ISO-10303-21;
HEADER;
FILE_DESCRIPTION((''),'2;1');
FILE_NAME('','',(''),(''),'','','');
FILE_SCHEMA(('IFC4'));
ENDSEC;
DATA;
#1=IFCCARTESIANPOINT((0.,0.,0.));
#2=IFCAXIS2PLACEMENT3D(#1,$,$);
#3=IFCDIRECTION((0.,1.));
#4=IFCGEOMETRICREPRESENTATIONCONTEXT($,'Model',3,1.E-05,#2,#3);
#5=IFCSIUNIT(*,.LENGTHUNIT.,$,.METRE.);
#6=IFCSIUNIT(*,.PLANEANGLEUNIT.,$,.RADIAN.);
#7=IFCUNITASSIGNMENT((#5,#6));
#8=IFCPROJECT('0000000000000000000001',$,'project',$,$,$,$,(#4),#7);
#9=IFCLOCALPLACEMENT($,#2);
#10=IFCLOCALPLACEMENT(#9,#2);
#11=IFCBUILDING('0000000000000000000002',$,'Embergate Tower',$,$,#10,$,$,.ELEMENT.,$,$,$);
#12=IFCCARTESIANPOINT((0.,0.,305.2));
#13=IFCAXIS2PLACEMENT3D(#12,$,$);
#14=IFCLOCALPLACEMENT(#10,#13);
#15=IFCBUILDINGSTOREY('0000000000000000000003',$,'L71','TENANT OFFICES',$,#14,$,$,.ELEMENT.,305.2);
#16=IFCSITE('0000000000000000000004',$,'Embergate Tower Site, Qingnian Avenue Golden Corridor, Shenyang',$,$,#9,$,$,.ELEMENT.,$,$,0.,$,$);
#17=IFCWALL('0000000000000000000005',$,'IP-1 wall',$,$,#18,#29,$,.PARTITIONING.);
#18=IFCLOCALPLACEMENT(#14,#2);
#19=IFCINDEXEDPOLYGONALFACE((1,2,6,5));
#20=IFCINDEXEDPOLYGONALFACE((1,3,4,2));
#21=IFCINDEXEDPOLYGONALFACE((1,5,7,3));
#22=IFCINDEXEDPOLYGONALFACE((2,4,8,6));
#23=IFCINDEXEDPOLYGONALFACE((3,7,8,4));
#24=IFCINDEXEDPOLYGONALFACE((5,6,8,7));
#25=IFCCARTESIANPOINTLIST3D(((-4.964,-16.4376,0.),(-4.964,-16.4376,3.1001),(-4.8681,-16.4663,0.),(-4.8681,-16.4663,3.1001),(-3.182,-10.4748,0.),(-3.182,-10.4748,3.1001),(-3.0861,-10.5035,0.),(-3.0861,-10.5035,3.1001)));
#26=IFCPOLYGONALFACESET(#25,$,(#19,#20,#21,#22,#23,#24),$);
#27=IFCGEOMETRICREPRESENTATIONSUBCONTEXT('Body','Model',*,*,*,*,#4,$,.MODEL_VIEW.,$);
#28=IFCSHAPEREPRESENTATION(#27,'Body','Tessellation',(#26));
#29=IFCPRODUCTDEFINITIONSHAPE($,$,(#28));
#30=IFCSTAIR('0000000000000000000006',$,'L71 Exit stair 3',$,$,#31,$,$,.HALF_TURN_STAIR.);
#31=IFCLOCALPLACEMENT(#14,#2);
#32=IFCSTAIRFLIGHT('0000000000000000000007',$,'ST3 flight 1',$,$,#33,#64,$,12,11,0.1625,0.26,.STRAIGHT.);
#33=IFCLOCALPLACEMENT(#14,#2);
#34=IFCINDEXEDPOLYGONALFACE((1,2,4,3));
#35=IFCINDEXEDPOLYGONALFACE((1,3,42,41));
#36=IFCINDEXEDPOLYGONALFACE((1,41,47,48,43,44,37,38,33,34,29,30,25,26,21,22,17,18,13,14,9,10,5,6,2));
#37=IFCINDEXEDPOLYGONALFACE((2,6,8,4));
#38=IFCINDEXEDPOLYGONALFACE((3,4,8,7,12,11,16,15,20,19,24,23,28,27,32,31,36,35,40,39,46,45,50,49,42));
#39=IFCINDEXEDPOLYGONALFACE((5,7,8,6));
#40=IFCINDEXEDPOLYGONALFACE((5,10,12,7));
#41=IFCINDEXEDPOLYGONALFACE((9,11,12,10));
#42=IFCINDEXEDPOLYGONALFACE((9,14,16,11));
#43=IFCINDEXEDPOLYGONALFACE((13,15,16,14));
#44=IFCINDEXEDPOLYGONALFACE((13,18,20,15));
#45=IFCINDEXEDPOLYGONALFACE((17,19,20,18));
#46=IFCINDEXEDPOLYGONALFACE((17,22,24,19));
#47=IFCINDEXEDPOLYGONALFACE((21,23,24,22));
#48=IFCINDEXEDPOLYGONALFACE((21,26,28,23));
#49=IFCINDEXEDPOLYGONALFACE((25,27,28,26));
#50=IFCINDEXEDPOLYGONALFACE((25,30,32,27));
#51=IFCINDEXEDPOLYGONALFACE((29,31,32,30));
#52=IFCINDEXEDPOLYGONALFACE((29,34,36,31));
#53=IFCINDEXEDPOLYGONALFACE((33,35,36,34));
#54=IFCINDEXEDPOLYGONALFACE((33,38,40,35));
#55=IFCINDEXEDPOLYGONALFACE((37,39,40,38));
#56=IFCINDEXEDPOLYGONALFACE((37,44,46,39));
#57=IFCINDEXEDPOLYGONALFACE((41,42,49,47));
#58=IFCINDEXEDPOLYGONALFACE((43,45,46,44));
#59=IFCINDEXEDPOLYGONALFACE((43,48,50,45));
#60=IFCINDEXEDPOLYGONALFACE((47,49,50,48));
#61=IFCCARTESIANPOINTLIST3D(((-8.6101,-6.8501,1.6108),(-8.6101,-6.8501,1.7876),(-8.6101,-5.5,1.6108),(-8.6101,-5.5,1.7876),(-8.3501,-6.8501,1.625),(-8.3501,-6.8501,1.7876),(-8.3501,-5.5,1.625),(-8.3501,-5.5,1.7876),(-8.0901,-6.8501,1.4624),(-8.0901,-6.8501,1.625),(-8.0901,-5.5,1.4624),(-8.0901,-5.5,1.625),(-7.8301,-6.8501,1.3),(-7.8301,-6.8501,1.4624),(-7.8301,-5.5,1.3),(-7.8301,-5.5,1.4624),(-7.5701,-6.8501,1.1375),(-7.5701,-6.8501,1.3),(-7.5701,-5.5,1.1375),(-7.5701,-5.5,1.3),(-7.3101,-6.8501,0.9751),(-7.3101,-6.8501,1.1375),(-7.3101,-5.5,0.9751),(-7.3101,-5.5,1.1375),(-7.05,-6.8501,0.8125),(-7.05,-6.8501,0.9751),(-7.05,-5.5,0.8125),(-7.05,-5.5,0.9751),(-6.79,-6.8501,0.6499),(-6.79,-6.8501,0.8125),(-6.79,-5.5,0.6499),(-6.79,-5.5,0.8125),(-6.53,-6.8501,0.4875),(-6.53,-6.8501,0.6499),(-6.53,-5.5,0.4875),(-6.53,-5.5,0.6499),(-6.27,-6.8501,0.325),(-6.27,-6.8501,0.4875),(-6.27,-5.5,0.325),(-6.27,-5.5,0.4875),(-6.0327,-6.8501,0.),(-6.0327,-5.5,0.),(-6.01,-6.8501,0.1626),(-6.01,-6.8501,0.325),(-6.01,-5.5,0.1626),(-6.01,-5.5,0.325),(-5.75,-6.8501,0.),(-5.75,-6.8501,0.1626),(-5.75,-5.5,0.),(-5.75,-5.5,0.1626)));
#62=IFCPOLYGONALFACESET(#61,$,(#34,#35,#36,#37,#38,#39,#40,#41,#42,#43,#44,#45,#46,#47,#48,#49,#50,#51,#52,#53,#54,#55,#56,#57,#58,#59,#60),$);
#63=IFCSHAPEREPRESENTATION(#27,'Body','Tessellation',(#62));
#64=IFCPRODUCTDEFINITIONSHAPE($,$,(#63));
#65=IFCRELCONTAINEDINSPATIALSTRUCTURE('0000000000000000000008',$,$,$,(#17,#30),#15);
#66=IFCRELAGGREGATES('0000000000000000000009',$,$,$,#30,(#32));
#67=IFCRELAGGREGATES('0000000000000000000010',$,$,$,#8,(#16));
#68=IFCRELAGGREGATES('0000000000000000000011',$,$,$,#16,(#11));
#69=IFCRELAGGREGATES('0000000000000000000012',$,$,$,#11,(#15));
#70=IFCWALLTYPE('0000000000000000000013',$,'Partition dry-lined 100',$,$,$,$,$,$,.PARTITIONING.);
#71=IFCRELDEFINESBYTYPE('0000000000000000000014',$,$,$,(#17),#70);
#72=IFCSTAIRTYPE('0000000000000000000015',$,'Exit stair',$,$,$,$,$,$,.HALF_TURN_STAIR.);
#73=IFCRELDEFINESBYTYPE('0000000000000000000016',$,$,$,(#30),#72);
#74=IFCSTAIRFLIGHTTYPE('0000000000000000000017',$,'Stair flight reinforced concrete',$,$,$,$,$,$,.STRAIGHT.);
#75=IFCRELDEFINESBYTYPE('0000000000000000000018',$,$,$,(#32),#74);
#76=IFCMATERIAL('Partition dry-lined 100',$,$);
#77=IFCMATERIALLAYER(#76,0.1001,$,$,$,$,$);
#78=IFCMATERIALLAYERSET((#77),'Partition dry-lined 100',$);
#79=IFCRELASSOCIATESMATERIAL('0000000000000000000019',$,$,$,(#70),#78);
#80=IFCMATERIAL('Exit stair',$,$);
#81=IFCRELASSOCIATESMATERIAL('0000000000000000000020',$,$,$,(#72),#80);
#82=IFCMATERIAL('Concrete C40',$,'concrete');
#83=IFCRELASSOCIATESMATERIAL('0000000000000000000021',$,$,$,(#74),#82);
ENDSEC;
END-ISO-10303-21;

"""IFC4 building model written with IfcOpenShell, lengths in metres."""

from ifc_helpers import new_model, si_unit, direction, frame, frame_2d, origin, place, context, subcontext, project, spatial, polyline, rectangle, outline, extrude, source, transform, mapped, material, layer, layer_set, type_object, element, aggregate, save


model = new_model("IFC4")

# Units and contexts
model_context = context("Model", 3, precision=1e-05, world=origin(), true_north=direction((0.0, 1.0)))
body_context = subcontext(model_context, "Body", "Model", "MODEL_VIEW")
ifc_project = project(units=[si_unit("LENGTHUNIT", "METRE"), si_unit("PLANEANGLEUNIT", "RADIAN")], contexts=[model_context])

# Site, building, storey
site_placement = place(None, origin())
site = spatial("IfcSite", under=ifc_project, at=site_placement, Name="Embergate Tower Site, Qingnian Avenue Golden Corridor, Shenyang", CompositionType="ELEMENT", RefElevation=0.0)
building_placement = place(site_placement, origin())
building = spatial("IfcBuilding", under=site, at=building_placement, Name="Embergate Tower", CompositionType="ELEMENT")
storey_placement = place(building_placement, frame((0.0, 0.0, 305.2)))
storey = spatial("IfcBuildingStorey", under=building, at=storey_placement, Name="L71", Description="TENANT OFFICES", CompositionType="ELEMENT", Elevation=305.2)

# Wall
ifc_material_1 = material(Name="Partition dry-lined 100")
ifc_layer_1 = layer(ifc_material_1, 0.1001)
ifc_layer_set_1 = layer_set([ifc_layer_1], Name="Partition dry-lined 100")
wall_type_1 = type_object("IfcWallType", Name="Partition dry-lined 100", PredefinedType="PARTITIONING", material=ifc_layer_set_1)
shared_shape_1 = source(origin(), body_context, "Body", "SweptSolid", [
    extrude(rectangle(XDim=6.2234, YDim=0.1001, at=frame_2d((3.1118, 0.0))), origin(), (0.0, 0.0, 1.0), 3.1001),
])
wall_1_placement = place(storey_placement, frame((-3.134, -10.489, 0.0), z_axis=(0.0, 0.0, 1.0), x_axis=(-0.286333, -0.95813, 0.0)))
element("IfcWall", 1, at=wall_1_placement, inside=storey, type_object=wall_type_1, Name="IP-1 wall", PredefinedType="PARTITIONING", context=body_context, shape_type="MappedRepresentation", body=[
    mapped(shared_shape_1, transform((0.0, 0.0, 0.0))),
])

# Stair, stair flight
ifc_material_2 = material(Name="Exit stair")
stair_type = type_object("IfcStairType", Name="Exit stair", PredefinedType="HALF_TURN_STAIR", material=ifc_material_2)
stair_placement = place(storey_placement, origin())
stair = element("IfcStair", 2, at=stair_placement, inside=storey, type_object=stair_type, Name="L71 Exit stair 3", PredefinedType="HALF_TURN_STAIR")
ifc_material_3 = material(Name="Concrete C40", Category="concrete")
stair_flight_type = type_object("IfcStairFlightType", Name="Stair flight reinforced concrete", PredefinedType="STRAIGHT", material=ifc_material_3)
shared_shape_2 = source(origin(), body_context, "Body", "SweptSolid", [
    extrude(outline(polyline([(0.0, 0.0), (0.0, 0.1626), (0.26, 0.1626), (0.26, 0.325), (0.52, 0.325), (0.52, 0.4875), (0.78, 0.4875), (0.78, 0.6499), (1.04, 0.6499), (1.04, 0.8125), (1.3, 0.8125), (1.3, 0.9751), (1.5601, 0.9751), (1.5601, 1.1375), (1.8201, 1.1375), (1.8201, 1.3), (2.0801, 1.3), (2.0801, 1.4624), (2.3401, 1.4624), (2.3401, 1.625), (2.6001, 1.625), (2.6001, 1.7876), (2.8601, 1.7876), (2.8601, 1.95), (2.8601, 1.6108), (0.2827, 0.0), (0.0, 0.0)])), frame((0.0, 0.675, 0.0), z_axis=(0.0, -1.0, 0.0), x_axis=(1.0, 0.0, 0.0)), (0.0, 0.0, 1.0), 1.3501),
])
stair_flight_placement = place(storey_placement, frame((-5.75, -6.175, 0.0), z_axis=(0.0, 0.0, 1.0), x_axis=(-1.0, 0.0, 0.0)))
stair_flight = element("IfcStairFlight", 3, at=stair_flight_placement, type_object=stair_flight_type, Name="ST3 flight 1", NumberOfRisers=12, NumberOfTreads=11, PredefinedType="STRAIGHT", RiserHeight=0.1625, TreadLength=0.26, context=body_context, shape_type="MappedRepresentation", body=[
    mapped(shared_shape_2, transform((0.0, 0.0, 0.0))),
])
aggregate(stair, [stair_flight])

save(model, "model.ifc")
